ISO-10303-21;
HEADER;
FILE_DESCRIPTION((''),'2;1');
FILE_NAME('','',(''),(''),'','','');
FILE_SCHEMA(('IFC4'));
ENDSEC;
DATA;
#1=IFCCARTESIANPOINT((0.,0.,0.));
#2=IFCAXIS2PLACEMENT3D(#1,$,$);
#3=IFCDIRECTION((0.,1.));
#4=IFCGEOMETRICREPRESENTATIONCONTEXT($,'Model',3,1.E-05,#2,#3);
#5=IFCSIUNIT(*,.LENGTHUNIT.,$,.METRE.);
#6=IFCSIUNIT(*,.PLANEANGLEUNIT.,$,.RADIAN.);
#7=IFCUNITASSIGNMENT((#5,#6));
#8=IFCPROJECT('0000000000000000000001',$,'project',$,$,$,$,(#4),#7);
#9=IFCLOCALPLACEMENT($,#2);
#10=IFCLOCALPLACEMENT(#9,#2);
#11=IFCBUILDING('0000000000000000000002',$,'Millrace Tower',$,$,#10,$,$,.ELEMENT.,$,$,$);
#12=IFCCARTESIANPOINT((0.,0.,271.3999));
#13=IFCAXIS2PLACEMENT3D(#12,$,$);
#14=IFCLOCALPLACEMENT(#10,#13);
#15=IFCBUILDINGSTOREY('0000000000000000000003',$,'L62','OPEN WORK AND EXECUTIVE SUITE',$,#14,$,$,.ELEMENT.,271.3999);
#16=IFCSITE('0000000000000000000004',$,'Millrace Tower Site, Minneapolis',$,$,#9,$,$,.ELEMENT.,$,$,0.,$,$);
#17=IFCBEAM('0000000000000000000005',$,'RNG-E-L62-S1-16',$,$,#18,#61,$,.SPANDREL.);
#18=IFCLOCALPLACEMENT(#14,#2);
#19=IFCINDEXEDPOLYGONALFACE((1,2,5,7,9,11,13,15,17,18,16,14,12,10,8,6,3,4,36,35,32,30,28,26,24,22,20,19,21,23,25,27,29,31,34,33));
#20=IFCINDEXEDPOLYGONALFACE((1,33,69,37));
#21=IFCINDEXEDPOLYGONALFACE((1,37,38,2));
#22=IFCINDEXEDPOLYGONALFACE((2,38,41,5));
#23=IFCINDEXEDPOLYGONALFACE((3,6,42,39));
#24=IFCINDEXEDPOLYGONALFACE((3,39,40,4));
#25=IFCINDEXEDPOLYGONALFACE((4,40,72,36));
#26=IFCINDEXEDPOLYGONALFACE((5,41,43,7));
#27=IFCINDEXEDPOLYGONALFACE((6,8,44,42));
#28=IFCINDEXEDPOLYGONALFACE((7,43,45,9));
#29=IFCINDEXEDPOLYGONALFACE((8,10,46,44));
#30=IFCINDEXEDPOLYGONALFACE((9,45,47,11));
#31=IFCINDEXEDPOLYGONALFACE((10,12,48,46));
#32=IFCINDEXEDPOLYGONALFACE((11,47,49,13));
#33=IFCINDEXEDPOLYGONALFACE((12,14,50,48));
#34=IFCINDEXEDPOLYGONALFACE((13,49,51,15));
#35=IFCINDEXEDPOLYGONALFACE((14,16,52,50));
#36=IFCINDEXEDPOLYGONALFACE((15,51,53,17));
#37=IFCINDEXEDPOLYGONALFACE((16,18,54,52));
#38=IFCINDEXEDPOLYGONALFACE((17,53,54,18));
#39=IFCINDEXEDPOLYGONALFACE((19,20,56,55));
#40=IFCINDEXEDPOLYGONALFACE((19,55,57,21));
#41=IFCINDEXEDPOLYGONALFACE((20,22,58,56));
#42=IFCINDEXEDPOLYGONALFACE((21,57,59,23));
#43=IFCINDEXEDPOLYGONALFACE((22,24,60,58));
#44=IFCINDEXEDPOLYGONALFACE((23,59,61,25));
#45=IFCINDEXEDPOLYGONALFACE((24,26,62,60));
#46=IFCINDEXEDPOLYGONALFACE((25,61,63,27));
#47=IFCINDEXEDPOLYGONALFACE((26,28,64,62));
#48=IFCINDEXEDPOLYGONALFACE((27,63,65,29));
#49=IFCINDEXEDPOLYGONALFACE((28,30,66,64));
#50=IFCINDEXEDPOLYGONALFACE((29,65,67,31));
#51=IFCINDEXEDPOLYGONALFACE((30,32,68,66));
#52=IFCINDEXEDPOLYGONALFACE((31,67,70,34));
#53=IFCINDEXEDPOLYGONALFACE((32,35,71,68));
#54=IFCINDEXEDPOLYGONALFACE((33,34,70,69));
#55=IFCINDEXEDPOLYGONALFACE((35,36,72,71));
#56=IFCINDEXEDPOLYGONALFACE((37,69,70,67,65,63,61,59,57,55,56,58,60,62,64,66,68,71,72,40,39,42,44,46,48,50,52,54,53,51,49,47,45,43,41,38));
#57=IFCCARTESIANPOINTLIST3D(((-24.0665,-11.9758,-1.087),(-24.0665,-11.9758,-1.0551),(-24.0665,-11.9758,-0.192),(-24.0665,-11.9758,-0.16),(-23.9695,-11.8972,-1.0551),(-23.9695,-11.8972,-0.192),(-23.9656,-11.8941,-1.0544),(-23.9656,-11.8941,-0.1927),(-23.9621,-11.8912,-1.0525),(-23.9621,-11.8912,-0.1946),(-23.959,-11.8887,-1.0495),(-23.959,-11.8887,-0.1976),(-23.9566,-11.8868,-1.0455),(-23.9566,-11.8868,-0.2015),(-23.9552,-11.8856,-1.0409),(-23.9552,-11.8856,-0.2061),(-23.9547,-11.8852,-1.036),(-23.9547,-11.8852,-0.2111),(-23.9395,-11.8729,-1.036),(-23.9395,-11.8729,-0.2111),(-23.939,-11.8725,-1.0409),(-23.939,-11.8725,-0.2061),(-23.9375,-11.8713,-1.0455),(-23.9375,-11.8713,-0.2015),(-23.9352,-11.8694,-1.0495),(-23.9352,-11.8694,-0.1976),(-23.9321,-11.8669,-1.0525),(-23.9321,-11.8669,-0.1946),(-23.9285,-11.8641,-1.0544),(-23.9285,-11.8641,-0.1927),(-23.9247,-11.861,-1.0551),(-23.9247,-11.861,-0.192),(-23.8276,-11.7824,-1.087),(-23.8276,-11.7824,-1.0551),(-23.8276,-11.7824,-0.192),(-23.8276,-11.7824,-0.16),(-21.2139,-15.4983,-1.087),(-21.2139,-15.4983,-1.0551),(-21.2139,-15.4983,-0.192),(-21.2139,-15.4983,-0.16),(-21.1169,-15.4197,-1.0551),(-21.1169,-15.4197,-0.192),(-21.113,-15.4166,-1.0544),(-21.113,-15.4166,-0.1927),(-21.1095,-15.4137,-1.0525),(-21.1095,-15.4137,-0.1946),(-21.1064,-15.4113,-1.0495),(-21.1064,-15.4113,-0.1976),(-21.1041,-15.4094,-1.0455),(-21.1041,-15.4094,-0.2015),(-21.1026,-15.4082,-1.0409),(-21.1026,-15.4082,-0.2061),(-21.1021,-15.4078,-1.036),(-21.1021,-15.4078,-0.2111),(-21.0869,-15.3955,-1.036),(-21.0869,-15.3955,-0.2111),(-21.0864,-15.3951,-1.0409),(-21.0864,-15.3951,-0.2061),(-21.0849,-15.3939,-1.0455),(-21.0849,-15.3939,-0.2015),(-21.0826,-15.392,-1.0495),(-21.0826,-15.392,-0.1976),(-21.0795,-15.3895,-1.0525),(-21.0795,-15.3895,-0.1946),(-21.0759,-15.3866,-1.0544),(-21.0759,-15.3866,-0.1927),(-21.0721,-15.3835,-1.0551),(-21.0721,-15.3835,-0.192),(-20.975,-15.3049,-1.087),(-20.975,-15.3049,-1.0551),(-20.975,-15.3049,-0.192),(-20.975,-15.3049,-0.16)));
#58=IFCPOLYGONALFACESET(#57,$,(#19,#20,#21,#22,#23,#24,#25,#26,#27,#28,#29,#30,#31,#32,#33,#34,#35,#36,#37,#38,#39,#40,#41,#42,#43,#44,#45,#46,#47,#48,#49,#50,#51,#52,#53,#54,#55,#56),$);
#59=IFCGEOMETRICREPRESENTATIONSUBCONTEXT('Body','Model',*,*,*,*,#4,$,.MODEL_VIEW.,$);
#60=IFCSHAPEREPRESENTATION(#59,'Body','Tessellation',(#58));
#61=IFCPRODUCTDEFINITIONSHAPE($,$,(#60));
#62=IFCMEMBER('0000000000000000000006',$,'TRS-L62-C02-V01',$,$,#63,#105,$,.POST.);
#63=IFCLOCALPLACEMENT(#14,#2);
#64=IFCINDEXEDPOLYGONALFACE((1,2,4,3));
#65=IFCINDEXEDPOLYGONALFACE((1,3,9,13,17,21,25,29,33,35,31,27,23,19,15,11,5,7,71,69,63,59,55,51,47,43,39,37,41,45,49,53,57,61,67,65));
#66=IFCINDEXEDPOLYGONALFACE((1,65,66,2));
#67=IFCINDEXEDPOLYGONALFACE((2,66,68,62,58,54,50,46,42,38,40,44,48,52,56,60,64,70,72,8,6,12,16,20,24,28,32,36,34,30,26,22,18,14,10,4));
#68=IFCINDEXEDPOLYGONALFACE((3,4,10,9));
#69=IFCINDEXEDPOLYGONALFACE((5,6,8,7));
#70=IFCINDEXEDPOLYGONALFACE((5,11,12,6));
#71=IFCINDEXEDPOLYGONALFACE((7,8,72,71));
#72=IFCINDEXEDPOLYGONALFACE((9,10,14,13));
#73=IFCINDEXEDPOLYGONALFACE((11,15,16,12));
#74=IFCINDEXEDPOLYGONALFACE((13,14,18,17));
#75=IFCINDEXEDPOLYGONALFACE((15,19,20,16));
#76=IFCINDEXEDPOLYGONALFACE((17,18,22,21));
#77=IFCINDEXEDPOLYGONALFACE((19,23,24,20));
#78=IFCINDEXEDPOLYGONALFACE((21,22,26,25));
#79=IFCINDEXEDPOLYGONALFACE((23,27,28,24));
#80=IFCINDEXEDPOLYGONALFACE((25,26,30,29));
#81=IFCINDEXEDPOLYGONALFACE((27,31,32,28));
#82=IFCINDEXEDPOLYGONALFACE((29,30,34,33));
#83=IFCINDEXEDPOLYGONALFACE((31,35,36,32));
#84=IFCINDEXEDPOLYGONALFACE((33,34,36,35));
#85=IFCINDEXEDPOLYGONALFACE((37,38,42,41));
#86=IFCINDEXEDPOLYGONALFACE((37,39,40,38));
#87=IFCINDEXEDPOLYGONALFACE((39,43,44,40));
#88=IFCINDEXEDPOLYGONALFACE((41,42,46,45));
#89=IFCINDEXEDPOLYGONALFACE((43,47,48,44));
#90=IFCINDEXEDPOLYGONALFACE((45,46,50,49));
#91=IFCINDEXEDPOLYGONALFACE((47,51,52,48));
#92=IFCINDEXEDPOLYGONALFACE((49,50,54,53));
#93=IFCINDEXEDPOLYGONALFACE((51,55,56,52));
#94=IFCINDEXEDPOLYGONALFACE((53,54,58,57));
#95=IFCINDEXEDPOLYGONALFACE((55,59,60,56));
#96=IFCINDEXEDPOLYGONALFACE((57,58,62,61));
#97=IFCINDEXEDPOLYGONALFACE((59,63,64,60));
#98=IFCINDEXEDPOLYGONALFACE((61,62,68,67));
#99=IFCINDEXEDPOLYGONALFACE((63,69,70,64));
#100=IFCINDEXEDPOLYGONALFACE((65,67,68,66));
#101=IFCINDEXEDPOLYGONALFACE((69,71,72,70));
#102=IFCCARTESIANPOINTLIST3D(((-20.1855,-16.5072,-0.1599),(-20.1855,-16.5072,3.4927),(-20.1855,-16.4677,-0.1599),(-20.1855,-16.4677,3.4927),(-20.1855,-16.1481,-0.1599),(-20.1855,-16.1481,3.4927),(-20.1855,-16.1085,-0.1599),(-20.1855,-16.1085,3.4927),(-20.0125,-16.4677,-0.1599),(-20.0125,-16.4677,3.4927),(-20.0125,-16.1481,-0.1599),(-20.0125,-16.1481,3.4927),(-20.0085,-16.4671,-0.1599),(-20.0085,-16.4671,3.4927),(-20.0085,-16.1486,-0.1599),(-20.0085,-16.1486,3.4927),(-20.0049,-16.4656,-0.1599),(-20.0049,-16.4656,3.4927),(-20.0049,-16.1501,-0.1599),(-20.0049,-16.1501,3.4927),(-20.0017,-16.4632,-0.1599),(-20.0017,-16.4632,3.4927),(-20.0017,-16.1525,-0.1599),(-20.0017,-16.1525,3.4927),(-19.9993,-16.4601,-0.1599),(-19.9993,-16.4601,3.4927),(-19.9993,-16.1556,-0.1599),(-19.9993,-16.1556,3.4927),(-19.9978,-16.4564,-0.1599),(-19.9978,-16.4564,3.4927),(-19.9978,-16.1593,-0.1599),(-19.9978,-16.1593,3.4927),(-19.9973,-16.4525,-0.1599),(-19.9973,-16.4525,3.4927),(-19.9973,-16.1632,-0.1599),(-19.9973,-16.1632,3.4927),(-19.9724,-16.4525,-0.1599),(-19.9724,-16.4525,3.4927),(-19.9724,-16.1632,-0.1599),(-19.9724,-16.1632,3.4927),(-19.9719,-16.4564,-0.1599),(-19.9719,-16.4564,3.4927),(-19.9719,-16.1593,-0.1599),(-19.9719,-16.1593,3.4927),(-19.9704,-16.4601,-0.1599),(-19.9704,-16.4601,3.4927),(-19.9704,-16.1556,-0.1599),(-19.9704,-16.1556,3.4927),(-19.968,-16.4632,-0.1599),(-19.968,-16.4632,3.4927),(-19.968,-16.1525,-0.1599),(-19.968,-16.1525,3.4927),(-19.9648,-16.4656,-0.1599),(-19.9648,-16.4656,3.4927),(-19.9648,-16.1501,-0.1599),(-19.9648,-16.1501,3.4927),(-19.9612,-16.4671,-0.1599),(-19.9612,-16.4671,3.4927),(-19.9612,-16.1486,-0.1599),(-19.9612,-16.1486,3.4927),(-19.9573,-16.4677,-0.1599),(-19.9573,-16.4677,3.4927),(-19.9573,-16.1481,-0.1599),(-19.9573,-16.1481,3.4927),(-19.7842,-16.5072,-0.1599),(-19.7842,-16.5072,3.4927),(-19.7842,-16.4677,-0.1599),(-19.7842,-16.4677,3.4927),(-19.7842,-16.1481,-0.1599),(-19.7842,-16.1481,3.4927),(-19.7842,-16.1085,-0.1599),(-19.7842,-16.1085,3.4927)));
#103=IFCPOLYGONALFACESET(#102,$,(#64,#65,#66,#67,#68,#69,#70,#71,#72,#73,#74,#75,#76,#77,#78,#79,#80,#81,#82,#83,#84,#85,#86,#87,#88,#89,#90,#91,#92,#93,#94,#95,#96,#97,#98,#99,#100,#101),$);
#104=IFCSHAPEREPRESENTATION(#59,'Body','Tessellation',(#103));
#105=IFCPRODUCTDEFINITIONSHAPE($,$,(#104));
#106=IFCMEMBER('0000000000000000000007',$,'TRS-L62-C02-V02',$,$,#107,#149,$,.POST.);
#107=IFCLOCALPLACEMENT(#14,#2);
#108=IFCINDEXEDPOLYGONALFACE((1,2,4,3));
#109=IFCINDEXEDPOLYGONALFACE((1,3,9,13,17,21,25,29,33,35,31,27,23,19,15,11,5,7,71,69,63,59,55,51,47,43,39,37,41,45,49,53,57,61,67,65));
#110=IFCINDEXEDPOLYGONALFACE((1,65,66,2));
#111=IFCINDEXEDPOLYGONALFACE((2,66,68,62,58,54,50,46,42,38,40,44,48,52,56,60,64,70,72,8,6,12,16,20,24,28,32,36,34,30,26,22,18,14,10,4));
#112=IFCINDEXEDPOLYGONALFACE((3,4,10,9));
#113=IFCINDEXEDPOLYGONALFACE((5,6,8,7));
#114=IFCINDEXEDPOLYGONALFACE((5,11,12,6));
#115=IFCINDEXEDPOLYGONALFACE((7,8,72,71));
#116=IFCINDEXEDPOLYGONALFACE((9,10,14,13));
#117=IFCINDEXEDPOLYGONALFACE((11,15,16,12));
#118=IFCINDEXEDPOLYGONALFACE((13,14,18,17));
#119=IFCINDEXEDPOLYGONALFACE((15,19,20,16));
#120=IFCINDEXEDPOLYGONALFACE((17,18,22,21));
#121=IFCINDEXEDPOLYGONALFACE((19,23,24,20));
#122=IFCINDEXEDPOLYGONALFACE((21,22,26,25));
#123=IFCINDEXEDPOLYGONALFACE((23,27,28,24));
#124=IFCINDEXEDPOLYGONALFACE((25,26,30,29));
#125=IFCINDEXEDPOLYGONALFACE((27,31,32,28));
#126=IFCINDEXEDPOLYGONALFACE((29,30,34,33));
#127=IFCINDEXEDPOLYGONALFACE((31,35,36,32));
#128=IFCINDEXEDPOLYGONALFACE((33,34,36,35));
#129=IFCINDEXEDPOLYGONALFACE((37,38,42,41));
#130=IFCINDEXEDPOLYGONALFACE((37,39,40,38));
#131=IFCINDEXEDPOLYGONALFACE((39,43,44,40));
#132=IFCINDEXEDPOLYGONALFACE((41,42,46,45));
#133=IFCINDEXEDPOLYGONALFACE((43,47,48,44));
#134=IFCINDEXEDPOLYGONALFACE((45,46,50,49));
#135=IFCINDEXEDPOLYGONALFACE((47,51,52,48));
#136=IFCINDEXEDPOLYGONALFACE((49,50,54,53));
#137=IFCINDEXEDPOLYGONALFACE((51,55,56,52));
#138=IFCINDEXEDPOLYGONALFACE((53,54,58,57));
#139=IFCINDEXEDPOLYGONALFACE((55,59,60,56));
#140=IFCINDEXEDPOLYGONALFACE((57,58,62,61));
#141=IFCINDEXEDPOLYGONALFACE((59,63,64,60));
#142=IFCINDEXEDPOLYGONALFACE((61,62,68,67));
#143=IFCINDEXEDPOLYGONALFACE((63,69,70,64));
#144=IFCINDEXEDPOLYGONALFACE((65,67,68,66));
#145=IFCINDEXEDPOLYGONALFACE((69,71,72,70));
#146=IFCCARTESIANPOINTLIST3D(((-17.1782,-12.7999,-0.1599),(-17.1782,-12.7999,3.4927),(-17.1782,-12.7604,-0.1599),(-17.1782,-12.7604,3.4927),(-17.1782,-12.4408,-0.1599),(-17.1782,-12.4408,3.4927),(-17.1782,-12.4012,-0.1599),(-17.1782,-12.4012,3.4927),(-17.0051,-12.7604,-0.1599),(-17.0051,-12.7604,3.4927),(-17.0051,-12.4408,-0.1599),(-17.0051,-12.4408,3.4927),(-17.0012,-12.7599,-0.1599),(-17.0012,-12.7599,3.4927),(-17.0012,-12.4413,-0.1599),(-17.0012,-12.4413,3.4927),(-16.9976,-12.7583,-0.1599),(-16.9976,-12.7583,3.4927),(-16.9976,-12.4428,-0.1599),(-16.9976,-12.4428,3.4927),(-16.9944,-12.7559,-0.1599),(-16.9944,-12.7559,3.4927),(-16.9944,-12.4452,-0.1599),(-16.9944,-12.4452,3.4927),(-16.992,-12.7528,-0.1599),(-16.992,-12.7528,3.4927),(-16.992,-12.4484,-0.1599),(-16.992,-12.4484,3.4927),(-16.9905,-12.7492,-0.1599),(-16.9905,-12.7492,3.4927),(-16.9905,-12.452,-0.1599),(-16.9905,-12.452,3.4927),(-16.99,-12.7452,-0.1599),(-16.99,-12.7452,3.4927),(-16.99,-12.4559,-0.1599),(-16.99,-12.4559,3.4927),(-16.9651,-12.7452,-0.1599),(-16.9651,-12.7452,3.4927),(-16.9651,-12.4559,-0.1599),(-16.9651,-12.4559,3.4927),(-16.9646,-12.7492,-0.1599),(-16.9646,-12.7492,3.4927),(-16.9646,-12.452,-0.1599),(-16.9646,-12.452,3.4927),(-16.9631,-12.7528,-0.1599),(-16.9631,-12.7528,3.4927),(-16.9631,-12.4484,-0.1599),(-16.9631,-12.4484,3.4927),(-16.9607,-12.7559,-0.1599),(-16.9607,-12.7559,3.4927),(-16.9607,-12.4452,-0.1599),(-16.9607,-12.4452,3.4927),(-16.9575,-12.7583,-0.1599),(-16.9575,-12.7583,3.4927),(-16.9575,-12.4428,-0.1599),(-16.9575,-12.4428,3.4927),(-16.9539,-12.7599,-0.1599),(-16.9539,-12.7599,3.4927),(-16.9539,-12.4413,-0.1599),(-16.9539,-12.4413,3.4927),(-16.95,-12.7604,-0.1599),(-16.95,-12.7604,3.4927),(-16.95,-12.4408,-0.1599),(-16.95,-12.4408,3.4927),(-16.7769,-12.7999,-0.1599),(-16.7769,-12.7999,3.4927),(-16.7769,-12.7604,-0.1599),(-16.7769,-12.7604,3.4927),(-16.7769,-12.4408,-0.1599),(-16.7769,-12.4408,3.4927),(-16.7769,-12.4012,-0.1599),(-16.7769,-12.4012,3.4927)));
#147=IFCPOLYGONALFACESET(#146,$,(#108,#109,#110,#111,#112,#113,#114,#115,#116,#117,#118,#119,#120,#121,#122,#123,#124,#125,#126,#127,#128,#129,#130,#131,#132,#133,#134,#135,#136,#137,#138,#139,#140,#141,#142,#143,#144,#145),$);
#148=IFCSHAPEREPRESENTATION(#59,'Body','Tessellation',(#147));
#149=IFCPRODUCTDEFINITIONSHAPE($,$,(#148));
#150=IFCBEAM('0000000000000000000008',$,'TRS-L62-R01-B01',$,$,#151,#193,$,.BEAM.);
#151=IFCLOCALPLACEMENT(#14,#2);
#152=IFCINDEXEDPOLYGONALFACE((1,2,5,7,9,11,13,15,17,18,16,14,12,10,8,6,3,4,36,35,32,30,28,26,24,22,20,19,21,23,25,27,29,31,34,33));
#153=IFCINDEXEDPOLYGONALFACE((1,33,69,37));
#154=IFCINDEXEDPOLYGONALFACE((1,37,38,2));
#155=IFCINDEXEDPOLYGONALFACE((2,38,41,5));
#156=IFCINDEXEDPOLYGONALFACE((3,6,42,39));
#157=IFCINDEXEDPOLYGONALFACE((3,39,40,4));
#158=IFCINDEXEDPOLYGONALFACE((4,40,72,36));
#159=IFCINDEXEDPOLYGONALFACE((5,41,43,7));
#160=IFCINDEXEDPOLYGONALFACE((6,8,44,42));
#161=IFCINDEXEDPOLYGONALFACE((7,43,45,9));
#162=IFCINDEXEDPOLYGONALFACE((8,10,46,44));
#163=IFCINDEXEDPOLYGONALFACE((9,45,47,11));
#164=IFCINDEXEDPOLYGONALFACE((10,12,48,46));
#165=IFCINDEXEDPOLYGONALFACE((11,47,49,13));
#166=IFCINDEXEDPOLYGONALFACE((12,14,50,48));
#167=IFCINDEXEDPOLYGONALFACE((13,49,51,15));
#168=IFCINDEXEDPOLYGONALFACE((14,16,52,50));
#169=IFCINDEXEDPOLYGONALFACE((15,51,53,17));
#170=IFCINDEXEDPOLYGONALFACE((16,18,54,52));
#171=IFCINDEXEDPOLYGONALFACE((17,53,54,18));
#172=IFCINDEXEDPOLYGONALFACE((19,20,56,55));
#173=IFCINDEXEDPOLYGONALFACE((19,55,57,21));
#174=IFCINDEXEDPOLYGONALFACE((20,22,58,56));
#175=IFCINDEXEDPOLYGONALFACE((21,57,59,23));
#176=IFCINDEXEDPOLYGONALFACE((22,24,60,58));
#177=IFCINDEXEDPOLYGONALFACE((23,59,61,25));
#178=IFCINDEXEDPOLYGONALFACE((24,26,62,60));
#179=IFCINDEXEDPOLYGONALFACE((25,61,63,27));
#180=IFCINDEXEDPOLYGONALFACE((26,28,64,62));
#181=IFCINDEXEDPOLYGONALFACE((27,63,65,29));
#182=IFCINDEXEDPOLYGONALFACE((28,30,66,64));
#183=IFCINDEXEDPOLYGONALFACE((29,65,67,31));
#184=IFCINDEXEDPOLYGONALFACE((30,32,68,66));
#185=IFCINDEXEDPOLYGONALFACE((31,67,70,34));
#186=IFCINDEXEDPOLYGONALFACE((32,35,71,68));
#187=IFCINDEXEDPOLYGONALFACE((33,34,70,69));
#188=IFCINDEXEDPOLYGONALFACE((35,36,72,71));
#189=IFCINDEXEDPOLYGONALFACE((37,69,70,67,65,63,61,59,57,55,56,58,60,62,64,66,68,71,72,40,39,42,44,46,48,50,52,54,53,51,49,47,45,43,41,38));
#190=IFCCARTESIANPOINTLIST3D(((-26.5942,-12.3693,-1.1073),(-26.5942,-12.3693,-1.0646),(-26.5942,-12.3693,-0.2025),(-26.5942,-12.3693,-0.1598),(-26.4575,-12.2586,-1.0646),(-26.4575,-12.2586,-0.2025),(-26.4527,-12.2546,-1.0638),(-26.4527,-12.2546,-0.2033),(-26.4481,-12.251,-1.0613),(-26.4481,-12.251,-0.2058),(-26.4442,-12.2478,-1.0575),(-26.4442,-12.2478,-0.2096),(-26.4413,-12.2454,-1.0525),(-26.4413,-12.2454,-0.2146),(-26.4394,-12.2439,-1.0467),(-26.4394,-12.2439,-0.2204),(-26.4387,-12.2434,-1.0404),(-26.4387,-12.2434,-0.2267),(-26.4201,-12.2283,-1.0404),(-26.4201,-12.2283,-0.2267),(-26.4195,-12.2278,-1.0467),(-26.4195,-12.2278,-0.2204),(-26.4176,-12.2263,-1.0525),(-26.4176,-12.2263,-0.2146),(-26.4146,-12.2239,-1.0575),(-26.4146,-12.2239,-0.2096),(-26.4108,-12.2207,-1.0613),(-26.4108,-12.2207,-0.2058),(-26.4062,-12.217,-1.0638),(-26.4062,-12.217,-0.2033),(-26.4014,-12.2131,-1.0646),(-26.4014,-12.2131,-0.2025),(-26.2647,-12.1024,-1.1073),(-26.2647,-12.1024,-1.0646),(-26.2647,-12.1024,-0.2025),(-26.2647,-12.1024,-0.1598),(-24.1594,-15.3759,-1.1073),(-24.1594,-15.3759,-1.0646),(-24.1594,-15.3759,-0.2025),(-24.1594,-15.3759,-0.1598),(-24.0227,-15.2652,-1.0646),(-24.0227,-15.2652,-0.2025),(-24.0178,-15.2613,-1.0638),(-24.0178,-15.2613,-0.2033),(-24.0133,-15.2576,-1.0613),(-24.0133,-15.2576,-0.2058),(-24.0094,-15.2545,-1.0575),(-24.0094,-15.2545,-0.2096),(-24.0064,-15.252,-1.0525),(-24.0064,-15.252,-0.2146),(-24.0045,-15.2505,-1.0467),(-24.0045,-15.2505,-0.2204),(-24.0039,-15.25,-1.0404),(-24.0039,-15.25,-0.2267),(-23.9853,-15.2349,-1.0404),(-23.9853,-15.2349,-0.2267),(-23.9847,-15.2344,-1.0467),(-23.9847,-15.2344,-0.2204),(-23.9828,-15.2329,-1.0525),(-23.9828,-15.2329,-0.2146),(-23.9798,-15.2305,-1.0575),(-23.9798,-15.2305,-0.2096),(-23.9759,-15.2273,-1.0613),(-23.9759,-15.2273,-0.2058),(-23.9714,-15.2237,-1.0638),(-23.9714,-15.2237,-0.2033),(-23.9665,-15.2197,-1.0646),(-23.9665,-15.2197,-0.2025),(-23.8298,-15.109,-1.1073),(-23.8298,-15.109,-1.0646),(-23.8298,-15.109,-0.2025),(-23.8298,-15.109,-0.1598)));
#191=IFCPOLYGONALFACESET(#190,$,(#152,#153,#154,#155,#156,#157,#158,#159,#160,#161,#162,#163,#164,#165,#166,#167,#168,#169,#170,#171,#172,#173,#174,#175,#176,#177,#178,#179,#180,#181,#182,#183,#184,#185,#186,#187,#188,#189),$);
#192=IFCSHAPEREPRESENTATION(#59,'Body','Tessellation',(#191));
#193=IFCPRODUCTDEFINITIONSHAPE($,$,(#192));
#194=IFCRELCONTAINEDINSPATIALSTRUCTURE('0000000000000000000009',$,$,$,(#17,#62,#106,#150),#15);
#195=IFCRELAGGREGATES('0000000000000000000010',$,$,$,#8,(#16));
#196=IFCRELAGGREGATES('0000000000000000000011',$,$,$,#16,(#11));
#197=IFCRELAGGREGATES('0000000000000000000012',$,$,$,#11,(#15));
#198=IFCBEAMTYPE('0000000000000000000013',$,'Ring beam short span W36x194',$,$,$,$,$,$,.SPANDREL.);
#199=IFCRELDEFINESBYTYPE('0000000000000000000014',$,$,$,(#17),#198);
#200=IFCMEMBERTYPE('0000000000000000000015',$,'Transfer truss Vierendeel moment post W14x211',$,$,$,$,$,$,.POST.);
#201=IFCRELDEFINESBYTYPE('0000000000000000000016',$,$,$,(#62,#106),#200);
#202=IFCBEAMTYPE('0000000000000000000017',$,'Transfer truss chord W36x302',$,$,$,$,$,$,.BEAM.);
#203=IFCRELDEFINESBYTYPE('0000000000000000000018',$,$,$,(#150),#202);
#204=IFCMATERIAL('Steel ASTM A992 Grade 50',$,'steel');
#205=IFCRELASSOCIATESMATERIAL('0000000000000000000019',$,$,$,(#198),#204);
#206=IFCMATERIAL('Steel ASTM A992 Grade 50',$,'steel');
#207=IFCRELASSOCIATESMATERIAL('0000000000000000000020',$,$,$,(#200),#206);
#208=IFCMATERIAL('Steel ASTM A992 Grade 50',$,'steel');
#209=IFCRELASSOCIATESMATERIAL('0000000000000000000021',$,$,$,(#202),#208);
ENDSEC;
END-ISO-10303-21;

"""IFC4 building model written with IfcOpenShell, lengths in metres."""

from ifc_helpers import new_model, si_unit, direction, frame, origin, origin_2d, place, context, subcontext, project, spatial, i_section, extrude, material, material_profile, profile_set, type_object, element, save


model = new_model("IFC4")

# Units and contexts
model_context = context("Model", 3, precision=1e-05, world=origin(), true_north=direction((0.0, 1.0)))
body_context = subcontext(model_context, "Body", "Model", "MODEL_VIEW")
ifc_project = project(units=[si_unit("LENGTHUNIT", "METRE"), si_unit("PLANEANGLEUNIT", "RADIAN")], contexts=[model_context])

# Site, building, storey
site_placement = place(None, origin())
site = spatial("IfcSite", under=ifc_project, at=site_placement, Name="Millrace Tower Site, Minneapolis", CompositionType="ELEMENT", RefElevation=0.0)
building_placement = place(site_placement, origin())
building = spatial("IfcBuilding", under=site, at=building_placement, Name="Millrace Tower", CompositionType="ELEMENT")
storey_placement = place(building_placement, frame((0.0, 0.0, 271.3999)))
storey = spatial("IfcBuildingStorey", under=building, at=storey_placement, Name="L62", Description="OPEN WORK AND EXECUTIVE SUITE", CompositionType="ELEMENT", Elevation=271.3999)

# Beam
ifc_material_1 = material(Name="Steel ASTM A992 Grade 50", Category="steel")
ifc_material_profile_1 = material_profile(ifc_material_1, i_section(OverallWidth=0.3074, OverallDepth=0.927, WebThickness=0.0195, FlangeThickness=0.032, FilletRadius=0.019, at=origin_2d()))
ifc_profile_set_1 = profile_set([ifc_material_profile_1], Name="Steel ASTM A992 Grade 50")
beam_type_1 = type_object("IfcBeamType", Name="Ring beam short span W36x194", PredefinedType="SPANDREL", material=ifc_profile_set_1)
beam_1_placement = place(storey_placement, frame((-21.0945, -15.4016, -0.6235), z_axis=(-0.629335, 0.777134, 0.0), x_axis=(-0.777134, -0.629335, 0.0)))
element("IfcBeam", 1, at=beam_1_placement, inside=storey, type_object=beam_type_1, Name="RNG-E-L62-S1-16", PredefinedType="SPANDREL", context=body_context, shape_type="SweptSolid", body=[
    extrude(i_section(OverallWidth=0.3074, OverallDepth=0.927, WebThickness=0.0195, FlangeThickness=0.032, FilletRadius=0.019, at=origin_2d()), origin(), (0.0, 0.0, 1.0), 4.5327),
])

# Members
ifc_material_2 = material(Name="Steel ASTM A992 Grade 50", Category="steel")
ifc_material_profile_2 = material_profile(ifc_material_2, i_section(OverallWidth=0.4014, OverallDepth=0.3987, WebThickness=0.0249, FlangeThickness=0.0396, FilletRadius=0.0151, at=origin_2d()))
ifc_profile_set_2 = profile_set([ifc_material_profile_2], Name="Steel ASTM A992 Grade 50")
member_type_1 = type_object("IfcMemberType", Name="Transfer truss Vierendeel moment post W14x211", PredefinedType="POST", material=ifc_profile_set_2)
for number, where, z_axis, x_axis, name in (
    (2, (-19.9849, -16.3079, -0.1599), (0.0, 0.0, 1.0), (1.0, 0.0, 0.0), "TRS-L62-C02-V01"),
    (3, (-16.9775, -12.6006, -0.1599), (0.0, 0.0, 1.0), (1.0, 0.0, 0.0), "TRS-L62-C02-V02"),
):
    element("IfcMember", number, at=place(storey_placement, frame(where, z_axis=z_axis, x_axis=x_axis)), inside=storey, type_object=member_type_1, Name=name, PredefinedType="POST", context=body_context, shape_type="SweptSolid", body=[
        extrude(i_section(OverallWidth=0.4014, OverallDepth=0.3987, WebThickness=0.0249, FlangeThickness=0.0396, FilletRadius=0.0151, at=origin_2d()), origin(), (0.0, 0.0, 1.0), 3.6526),
    ])

# Beam
ifc_material_3 = material(Name="Steel ASTM A992 Grade 50", Category="steel")
ifc_material_profile_3 = material_profile(ifc_material_3, i_section(OverallWidth=0.4241, OverallDepth=0.9475, WebThickness=0.0239, FlangeThickness=0.0427, FilletRadius=0.0242, at=origin_2d()))
ifc_profile_set_3 = profile_set([ifc_material_profile_3], Name="Steel ASTM A992 Grade 50")
beam_type_2 = type_object("IfcBeamType", Name="Transfer truss chord W36x302", PredefinedType="BEAM", material=ifc_profile_set_3)
for number, where, z_axis, x_axis, name in (
    (4, (-26.4294, -12.2358, -0.6335), (0.62934, -0.77713, 0.0), (0.77713, 0.62934, 0.0), "TRS-L62-R01-B01"),
):
    element("IfcBeam", number, at=place(storey_placement, frame(where, z_axis=z_axis, x_axis=x_axis)), inside=storey, type_object=beam_type_2, Name=name, PredefinedType="BEAM", context=body_context, shape_type="SweptSolid", body=[
        extrude(i_section(OverallWidth=0.4241, OverallDepth=0.9475, WebThickness=0.0239, FlangeThickness=0.0427, FilletRadius=0.0242, at=origin_2d()), origin(), (0.0, 0.0, 1.0), 3.8689),
    ])

save(model, "model.ifc")
